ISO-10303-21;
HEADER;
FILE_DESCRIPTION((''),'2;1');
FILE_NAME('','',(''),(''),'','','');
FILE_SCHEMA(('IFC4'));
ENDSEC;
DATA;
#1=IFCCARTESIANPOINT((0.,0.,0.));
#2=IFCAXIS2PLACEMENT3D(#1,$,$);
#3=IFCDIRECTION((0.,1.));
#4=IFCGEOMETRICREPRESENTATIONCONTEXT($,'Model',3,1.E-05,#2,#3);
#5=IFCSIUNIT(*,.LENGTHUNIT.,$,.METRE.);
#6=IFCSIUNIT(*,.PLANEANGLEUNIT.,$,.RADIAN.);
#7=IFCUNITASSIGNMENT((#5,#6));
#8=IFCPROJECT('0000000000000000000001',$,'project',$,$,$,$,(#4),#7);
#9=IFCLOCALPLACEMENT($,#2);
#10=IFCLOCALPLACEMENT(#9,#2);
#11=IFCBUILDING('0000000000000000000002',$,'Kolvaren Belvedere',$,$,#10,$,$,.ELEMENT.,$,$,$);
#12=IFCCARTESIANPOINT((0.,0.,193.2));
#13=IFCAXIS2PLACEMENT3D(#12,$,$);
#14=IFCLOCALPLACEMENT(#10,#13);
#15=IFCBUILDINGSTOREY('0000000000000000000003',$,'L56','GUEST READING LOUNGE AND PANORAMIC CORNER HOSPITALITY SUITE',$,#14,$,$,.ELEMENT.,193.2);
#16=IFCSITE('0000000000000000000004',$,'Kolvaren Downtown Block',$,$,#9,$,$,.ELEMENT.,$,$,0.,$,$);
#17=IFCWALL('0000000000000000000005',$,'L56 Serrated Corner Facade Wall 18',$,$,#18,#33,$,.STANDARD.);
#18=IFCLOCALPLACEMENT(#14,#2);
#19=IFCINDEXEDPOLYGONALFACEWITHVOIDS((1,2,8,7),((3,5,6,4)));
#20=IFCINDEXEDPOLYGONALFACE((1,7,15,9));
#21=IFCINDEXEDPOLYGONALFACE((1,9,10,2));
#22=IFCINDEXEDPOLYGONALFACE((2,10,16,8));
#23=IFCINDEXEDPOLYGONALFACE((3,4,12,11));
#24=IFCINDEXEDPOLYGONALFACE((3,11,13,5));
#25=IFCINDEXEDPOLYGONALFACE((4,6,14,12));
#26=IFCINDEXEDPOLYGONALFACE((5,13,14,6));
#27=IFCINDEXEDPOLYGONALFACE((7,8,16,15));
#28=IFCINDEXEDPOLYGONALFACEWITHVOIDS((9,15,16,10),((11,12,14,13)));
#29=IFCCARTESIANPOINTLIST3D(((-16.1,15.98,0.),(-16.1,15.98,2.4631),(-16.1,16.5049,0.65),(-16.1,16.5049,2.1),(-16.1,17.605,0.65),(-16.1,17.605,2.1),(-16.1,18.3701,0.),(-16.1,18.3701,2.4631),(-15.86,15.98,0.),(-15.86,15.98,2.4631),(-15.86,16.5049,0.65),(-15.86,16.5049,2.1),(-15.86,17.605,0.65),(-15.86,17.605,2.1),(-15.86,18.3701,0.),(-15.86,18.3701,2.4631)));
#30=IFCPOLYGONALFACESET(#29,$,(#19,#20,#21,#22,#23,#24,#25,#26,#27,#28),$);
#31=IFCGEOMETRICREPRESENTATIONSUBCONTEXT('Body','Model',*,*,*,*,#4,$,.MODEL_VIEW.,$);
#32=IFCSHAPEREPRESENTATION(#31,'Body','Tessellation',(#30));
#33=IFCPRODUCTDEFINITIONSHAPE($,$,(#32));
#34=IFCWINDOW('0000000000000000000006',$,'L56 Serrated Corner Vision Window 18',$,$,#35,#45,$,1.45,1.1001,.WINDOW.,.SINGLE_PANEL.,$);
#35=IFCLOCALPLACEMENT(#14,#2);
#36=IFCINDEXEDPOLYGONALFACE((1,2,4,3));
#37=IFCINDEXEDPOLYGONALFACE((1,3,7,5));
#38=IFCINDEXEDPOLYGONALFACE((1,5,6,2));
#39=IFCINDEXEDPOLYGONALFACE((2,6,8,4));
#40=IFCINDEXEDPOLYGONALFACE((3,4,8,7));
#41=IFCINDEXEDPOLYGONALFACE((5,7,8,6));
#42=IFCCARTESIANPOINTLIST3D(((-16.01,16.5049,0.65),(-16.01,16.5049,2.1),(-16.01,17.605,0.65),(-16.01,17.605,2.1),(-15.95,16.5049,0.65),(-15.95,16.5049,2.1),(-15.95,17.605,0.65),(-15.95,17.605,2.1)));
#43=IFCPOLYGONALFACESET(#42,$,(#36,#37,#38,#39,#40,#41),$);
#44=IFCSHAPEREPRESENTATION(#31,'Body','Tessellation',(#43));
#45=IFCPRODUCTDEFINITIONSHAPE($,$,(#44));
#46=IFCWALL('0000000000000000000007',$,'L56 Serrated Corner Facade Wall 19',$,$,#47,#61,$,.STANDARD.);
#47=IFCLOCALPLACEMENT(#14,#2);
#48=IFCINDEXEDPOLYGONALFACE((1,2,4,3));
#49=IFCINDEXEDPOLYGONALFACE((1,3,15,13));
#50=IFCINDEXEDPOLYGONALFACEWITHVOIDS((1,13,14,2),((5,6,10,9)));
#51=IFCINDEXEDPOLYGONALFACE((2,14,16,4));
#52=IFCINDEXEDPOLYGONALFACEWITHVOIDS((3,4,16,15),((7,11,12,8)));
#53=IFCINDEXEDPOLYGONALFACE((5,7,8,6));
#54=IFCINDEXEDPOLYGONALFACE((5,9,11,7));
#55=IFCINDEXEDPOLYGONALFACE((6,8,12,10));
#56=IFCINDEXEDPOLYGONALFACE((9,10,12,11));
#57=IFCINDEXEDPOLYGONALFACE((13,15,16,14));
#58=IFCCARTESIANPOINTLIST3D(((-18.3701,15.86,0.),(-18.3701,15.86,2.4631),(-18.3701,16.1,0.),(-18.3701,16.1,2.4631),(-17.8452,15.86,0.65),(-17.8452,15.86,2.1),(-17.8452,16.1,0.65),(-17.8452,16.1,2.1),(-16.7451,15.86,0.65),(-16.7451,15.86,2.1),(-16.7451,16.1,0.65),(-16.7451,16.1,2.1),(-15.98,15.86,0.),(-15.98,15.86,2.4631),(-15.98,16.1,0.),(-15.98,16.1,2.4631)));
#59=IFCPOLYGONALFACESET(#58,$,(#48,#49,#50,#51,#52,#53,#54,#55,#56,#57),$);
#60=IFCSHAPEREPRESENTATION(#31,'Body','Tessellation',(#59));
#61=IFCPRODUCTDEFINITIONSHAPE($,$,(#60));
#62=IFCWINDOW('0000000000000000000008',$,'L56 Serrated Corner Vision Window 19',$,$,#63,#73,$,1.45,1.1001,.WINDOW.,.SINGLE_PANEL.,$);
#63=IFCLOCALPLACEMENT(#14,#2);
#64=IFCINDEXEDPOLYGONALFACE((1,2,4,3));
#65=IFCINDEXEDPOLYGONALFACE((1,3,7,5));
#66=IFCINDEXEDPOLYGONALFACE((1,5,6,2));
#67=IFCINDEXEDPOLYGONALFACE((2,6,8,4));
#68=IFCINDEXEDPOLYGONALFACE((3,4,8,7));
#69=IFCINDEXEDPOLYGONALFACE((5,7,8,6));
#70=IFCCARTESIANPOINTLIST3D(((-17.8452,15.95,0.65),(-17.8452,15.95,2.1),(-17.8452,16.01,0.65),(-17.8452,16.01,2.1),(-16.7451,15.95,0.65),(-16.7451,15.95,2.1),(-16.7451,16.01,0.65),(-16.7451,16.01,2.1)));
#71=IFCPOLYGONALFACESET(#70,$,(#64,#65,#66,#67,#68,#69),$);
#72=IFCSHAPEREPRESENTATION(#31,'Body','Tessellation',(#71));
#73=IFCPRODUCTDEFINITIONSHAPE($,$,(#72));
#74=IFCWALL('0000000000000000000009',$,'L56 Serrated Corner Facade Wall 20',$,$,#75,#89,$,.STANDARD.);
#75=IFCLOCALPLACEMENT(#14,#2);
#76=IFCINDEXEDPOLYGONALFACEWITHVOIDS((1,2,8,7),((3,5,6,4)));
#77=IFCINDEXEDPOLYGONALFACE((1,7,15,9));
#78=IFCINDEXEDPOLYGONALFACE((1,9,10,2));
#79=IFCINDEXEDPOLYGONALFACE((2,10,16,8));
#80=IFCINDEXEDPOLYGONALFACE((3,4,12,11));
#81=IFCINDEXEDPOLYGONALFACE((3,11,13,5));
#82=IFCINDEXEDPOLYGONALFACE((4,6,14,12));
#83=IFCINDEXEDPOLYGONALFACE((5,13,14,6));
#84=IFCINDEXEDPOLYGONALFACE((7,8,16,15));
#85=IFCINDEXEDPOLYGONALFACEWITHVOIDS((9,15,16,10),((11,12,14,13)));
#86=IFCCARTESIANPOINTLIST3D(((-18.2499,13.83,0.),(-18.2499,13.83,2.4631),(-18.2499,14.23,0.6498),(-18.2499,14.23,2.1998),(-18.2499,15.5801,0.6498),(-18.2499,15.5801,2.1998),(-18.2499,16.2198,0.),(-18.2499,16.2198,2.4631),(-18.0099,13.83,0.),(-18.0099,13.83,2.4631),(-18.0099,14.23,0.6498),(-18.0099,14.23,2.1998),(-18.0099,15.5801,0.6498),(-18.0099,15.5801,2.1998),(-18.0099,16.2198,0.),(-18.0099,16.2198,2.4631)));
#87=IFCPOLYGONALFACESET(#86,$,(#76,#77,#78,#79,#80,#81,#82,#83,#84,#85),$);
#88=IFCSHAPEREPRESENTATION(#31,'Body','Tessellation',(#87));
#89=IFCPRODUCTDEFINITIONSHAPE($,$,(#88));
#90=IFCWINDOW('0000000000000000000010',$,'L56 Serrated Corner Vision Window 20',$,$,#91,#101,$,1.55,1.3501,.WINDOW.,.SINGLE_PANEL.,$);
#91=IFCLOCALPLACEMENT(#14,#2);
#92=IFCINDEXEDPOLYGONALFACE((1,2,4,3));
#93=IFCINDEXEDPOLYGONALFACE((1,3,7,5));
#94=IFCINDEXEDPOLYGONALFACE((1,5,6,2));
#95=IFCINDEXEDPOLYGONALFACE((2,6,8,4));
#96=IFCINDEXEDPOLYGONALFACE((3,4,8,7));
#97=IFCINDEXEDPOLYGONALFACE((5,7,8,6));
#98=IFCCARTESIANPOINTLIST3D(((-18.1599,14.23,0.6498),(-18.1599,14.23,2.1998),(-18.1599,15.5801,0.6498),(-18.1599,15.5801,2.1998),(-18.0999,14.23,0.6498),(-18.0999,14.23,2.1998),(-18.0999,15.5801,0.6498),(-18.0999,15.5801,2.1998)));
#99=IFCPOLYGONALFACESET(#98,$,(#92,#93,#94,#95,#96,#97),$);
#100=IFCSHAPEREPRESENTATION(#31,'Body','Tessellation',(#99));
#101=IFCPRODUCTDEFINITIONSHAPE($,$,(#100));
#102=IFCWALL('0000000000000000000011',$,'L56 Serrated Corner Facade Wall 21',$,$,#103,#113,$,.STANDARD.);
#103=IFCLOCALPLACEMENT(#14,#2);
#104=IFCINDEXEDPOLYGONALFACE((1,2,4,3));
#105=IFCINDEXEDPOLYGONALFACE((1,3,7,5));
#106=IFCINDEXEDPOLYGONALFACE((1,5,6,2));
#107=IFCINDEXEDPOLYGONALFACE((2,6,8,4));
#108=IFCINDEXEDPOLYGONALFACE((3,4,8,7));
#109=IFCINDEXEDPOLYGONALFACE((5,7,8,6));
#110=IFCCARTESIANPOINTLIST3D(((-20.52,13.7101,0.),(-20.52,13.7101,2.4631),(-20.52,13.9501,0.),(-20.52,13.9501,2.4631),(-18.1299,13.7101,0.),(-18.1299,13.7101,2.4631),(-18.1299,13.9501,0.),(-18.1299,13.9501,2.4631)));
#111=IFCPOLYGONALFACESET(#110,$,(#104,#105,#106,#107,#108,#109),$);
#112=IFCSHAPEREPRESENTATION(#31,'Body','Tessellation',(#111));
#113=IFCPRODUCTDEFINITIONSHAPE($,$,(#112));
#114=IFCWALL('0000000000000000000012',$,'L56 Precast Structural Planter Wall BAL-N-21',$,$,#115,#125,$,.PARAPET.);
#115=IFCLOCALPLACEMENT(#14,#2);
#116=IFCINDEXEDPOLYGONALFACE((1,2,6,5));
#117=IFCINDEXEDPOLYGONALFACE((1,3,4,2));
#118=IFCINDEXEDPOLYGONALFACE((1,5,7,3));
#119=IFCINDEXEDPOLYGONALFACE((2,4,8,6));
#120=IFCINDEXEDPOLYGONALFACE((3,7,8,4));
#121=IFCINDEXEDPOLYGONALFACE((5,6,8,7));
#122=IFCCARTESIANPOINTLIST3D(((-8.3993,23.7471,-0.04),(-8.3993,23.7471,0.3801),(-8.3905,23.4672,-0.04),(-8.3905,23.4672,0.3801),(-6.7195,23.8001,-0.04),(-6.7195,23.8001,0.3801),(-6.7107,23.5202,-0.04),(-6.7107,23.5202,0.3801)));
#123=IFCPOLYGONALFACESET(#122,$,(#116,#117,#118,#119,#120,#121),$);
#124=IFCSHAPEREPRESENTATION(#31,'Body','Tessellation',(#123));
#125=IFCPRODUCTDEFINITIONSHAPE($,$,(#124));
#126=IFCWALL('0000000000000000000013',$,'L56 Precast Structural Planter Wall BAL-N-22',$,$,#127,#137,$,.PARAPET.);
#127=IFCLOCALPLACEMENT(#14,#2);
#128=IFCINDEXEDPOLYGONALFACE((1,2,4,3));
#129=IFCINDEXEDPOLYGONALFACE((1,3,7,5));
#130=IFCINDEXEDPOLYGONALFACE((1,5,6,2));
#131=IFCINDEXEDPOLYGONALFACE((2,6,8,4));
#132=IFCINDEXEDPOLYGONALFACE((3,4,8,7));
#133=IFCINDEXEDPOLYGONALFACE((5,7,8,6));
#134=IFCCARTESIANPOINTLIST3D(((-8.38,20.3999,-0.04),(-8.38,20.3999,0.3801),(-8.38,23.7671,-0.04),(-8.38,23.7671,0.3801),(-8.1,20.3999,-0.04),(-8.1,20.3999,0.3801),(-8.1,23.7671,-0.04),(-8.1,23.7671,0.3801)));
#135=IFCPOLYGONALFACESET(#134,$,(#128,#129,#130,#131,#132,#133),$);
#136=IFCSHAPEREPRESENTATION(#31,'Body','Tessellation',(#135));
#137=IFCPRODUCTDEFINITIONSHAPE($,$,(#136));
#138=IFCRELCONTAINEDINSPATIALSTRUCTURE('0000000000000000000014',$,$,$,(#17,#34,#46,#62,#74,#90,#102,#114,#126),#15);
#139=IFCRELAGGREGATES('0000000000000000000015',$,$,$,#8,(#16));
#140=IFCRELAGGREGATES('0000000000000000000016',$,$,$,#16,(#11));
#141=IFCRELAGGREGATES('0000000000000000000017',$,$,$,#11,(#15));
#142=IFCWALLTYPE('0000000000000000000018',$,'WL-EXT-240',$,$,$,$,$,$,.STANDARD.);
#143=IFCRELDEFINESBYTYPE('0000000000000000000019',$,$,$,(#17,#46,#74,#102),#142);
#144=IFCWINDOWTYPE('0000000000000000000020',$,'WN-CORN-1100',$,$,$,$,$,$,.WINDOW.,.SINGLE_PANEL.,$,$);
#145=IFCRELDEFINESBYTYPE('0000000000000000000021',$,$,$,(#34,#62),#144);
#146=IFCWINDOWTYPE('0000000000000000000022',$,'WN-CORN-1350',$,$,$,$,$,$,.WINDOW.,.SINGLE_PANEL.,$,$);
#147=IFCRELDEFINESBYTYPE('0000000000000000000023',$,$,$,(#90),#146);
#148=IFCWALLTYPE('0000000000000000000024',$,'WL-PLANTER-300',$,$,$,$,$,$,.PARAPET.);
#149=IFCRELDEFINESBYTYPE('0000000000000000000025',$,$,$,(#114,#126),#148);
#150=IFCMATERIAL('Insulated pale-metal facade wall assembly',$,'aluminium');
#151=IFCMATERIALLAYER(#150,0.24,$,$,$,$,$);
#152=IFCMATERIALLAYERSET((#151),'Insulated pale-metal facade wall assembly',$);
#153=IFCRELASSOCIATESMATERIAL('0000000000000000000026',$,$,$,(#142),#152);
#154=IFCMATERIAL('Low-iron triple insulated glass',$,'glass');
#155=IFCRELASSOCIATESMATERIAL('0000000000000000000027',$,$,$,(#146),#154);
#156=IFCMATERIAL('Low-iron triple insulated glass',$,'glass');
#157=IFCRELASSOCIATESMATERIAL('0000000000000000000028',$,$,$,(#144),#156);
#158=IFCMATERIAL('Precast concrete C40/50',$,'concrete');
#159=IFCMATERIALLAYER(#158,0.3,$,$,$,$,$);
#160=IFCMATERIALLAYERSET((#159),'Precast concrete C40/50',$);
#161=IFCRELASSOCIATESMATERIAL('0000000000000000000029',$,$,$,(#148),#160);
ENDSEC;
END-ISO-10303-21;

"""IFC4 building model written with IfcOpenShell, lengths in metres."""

from ifc_helpers import new_model, si_unit, direction, frame, frame_2d, origin, place, context, subcontext, project, spatial, rectangle, extrude, material, layer, layer_set, type_object, element, fill, save


model = new_model("IFC4")

# Units and contexts
model_context = context("Model", 3, precision=1e-05, world=origin(), true_north=direction((0.0, 1.0)))
body_context = subcontext(model_context, "Body", "Model", "MODEL_VIEW")
ifc_project = project(units=[si_unit("LENGTHUNIT", "METRE"), si_unit("PLANEANGLEUNIT", "RADIAN")], contexts=[model_context])

# Site, building, storey
site_placement = place(None, origin())
site = spatial("IfcSite", under=ifc_project, at=site_placement, Name="Kolvaren Downtown Block", CompositionType="ELEMENT", RefElevation=0.0)
building_placement = place(site_placement, origin())
building = spatial("IfcBuilding", under=site, at=building_placement, Name="Kolvaren Belvedere", CompositionType="ELEMENT")
storey_placement = place(building_placement, frame((0.0, 0.0, 193.2)))
storey = spatial("IfcBuildingStorey", under=building, at=storey_placement, Name="L56", Description="GUEST READING LOUNGE AND PANORAMIC CORNER HOSPITALITY SUITE", CompositionType="ELEMENT", Elevation=193.2)

# Shared definitions
ifc_material_1 = material(Name="Insulated pale-metal facade wall assembly", Category="aluminium")
ifc_layer_1 = layer(ifc_material_1, 0.24)
ifc_layer_set_1 = layer_set([ifc_layer_1], Name="Insulated pale-metal facade wall assembly")
wall_type_1 = type_object("IfcWallType", Name="WL-EXT-240", PredefinedType="STANDARD", material=ifc_layer_set_1)

# Walls, openings, windows
ifc_material_2 = material(Name="Low-iron triple insulated glass", Category="glass")
window_type_1 = type_object("IfcWindowType", Name="WN-CORN-1350", PartitioningType="SINGLE_PANEL", PredefinedType="WINDOW", material=ifc_material_2)
wall_1_placement = place(storey_placement, frame((-15.98, 15.98, 0.0), z_axis=(0.0, 0.0, 1.0), x_axis=(0.0, 1.0, 0.0)))
wall_1 = element("IfcWall", 1, at=wall_1_placement, inside=storey, type_object=wall_type_1, Name="L56 Serrated Corner Facade Wall 18", PredefinedType="STANDARD", context=body_context, shape_type="SweptSolid", body=[
    extrude(rectangle(XDim=2.3901, YDim=0.24, at=frame_2d((1.1951, 0.0))), origin(), (0.0, 0.0, 1.0), 2.4631),
])
opening_1_placement = place(wall_1_placement, frame((0.5249, 0.0, 0.6499)))
opening_1 = element("IfcOpeningElement", 2, at=opening_1_placement, cuts=wall_1, PredefinedType="OPENING", context=body_context, shape_type="SweptSolid", body=[
    extrude(rectangle(XDim=1.1001, YDim=1.45, at=frame_2d((0.55, 0.7251))), frame((0.0, 0.1299, 0.0), z_axis=(0.0, -1.0, 0.0), x_axis=(1.0, 0.0, 0.0)), (0.0, 0.0, 1.0), 0.26),
])
ifc_material_3 = material(Name="Low-iron triple insulated glass", Category="glass")
window_type_2 = type_object("IfcWindowType", Name="WN-CORN-1100", PartitioningType="SINGLE_PANEL", PredefinedType="WINDOW", material=ifc_material_3)
window_1_placement = place(opening_1_placement, origin())
window_1 = element("IfcWindow", 3, at=window_1_placement, inside=storey, type_object=window_type_2, Name="L56 Serrated Corner Vision Window 18", OverallHeight=1.45, OverallWidth=1.1001, PartitioningType="SINGLE_PANEL", PredefinedType="WINDOW", context=body_context, shape_type="SweptSolid", body=[
    extrude(rectangle(XDim=1.1001, YDim=1.45, at=frame_2d((0.55, 0.7251))), frame((0.0, 0.03, 0.0), z_axis=(0.0, -1.0, 0.0), x_axis=(1.0, 0.0, 0.0)), (0.0, 0.0, 1.0), 0.0601),
])
fill(opening_1, window_1)
wall_2_placement = place(storey_placement, frame((-18.3701, 15.98, 0.0), z_axis=(0.0, 0.0, 1.0), x_axis=(1.0, 0.0, 0.0)))
wall_2 = element("IfcWall", 4, at=wall_2_placement, inside=storey, type_object=wall_type_1, Name="L56 Serrated Corner Facade Wall 19", PredefinedType="STANDARD", context=body_context, shape_type="SweptSolid", body=[
    extrude(rectangle(XDim=2.3901, YDim=0.24, at=frame_2d((1.1951, 0.0))), origin(), (0.0, 0.0, 1.0), 2.4631),
])
opening_2_placement = place(wall_2_placement, frame((0.5249, 0.0, 0.6499)))
opening_2 = element("IfcOpeningElement", 5, at=opening_2_placement, cuts=wall_2, PredefinedType="OPENING", context=body_context, shape_type="SweptSolid", body=[
    extrude(rectangle(XDim=1.1001, YDim=1.45, at=frame_2d((0.55, 0.7251))), frame((0.0, 0.1299, 0.0), z_axis=(0.0, -1.0, 0.0), x_axis=(1.0, 0.0, 0.0)), (0.0, 0.0, 1.0), 0.26),
])
window_2_placement = place(opening_2_placement, origin())
window_2 = element("IfcWindow", 6, at=window_2_placement, inside=storey, type_object=window_type_2, Name="L56 Serrated Corner Vision Window 19", OverallHeight=1.45, OverallWidth=1.1001, PartitioningType="SINGLE_PANEL", PredefinedType="WINDOW", context=body_context, shape_type="SweptSolid", body=[
    extrude(rectangle(XDim=1.1001, YDim=1.45, at=frame_2d((0.55, 0.7251))), frame((0.0, 0.03, 0.0), z_axis=(0.0, -1.0, 0.0), x_axis=(1.0, 0.0, 0.0)), (0.0, 0.0, 1.0), 0.0601),
])
fill(opening_2, window_2)
wall_3_placement = place(storey_placement, frame((-18.1299, 13.8301, 0.0), z_axis=(0.0, 0.0, 1.0), x_axis=(0.0, 1.0, 0.0)))
wall_3 = element("IfcWall", 7, at=wall_3_placement, inside=storey, type_object=wall_type_1, Name="L56 Serrated Corner Facade Wall 20", PredefinedType="STANDARD", context=body_context, shape_type="SweptSolid", body=[
    extrude(rectangle(XDim=2.3899, YDim=0.24, at=frame_2d((1.1948, 0.0))), origin(), (0.0, 0.0, 1.0), 2.4631),
])
opening_3_placement = place(wall_3_placement, frame((0.3999, 0.0, 0.6499)))
opening_3 = element("IfcOpeningElement", 8, at=opening_3_placement, cuts=wall_3, PredefinedType="OPENING", context=body_context, shape_type="SweptSolid", body=[
    extrude(rectangle(XDim=1.3501, YDim=1.55, at=frame_2d((0.675, 0.7749))), frame((0.0, 0.1299, 0.0), z_axis=(0.0, -1.0, 0.0), x_axis=(1.0, 0.0, 0.0)), (0.0, 0.0, 1.0), 0.26),
])
window_3_placement = place(opening_3_placement, origin())
window_3 = element("IfcWindow", 9, at=window_3_placement, inside=storey, type_object=window_type_1, Name="L56 Serrated Corner Vision Window 20", OverallHeight=1.55, OverallWidth=1.3501, PartitioningType="SINGLE_PANEL", PredefinedType="WINDOW", context=body_context, shape_type="SweptSolid", body=[
    extrude(rectangle(XDim=1.3501, YDim=1.55, at=frame_2d((0.675, 0.7749))), frame((0.0, 0.03, 0.0), z_axis=(0.0, -1.0, 0.0), x_axis=(1.0, 0.0, 0.0)), (0.0, 0.0, 1.0), 0.0601),
])
fill(opening_3, window_3)

# Walls
wall_4_placement = place(storey_placement, frame((-20.52, 13.8301, 0.0), z_axis=(0.0, 0.0, 1.0), x_axis=(1.0, 0.0, 0.0)))
element("IfcWall", 10, at=wall_4_placement, inside=storey, type_object=wall_type_1, Name="L56 Serrated Corner Facade Wall 21", PredefinedType="STANDARD", context=body_context, shape_type="SweptSolid", body=[
    extrude(rectangle(XDim=2.3901, YDim=0.24, at=frame_2d((1.1951, 0.0))), origin(), (0.0, 0.0, 1.0), 2.4631),
])
ifc_material_4 = material(Name="Precast concrete C40/50", Category="concrete")
ifc_layer_2 = layer(ifc_material_4, 0.3)
ifc_layer_set_2 = layer_set([ifc_layer_2], Name="Precast concrete C40/50")
wall_type_2 = type_object("IfcWallType", Name="WL-PLANTER-300", PredefinedType="PARAPET", material=ifc_layer_set_2)
wall_5_placement = place(storey_placement, frame((-6.7151, 23.6602, -0.04), z_axis=(0.0, 0.0, 1.0), x_axis=(-0.999503, -0.03152, 0.0)))
element("IfcWall", 11, at=wall_5_placement, inside=storey, type_object=wall_type_2, Name="L56 Precast Structural Planter Wall BAL-N-21", PredefinedType="PARAPET", context=body_context, shape_type="SweptSolid", body=[
    extrude(rectangle(XDim=1.6807, YDim=0.28, at=frame_2d((0.8403, 0.0))), origin(), (0.0, 0.0, 1.0), 0.4202),
])
wall_6_placement = place(storey_placement, frame((-8.24, 23.7671, -0.04), z_axis=(0.0, 0.0, 1.0), x_axis=(0.0, -1.0, 0.0)))
element("IfcWall", 12, at=wall_6_placement, inside=storey, type_object=wall_type_2, Name="L56 Precast Structural Planter Wall BAL-N-22", PredefinedType="PARAPET", context=body_context, shape_type="SweptSolid", body=[
    extrude(rectangle(XDim=3.3672, YDim=0.28, at=frame_2d((1.6836, 0.0))), origin(), (0.0, 0.0, 1.0), 0.4202),
])

save(model, "model.ifc")
